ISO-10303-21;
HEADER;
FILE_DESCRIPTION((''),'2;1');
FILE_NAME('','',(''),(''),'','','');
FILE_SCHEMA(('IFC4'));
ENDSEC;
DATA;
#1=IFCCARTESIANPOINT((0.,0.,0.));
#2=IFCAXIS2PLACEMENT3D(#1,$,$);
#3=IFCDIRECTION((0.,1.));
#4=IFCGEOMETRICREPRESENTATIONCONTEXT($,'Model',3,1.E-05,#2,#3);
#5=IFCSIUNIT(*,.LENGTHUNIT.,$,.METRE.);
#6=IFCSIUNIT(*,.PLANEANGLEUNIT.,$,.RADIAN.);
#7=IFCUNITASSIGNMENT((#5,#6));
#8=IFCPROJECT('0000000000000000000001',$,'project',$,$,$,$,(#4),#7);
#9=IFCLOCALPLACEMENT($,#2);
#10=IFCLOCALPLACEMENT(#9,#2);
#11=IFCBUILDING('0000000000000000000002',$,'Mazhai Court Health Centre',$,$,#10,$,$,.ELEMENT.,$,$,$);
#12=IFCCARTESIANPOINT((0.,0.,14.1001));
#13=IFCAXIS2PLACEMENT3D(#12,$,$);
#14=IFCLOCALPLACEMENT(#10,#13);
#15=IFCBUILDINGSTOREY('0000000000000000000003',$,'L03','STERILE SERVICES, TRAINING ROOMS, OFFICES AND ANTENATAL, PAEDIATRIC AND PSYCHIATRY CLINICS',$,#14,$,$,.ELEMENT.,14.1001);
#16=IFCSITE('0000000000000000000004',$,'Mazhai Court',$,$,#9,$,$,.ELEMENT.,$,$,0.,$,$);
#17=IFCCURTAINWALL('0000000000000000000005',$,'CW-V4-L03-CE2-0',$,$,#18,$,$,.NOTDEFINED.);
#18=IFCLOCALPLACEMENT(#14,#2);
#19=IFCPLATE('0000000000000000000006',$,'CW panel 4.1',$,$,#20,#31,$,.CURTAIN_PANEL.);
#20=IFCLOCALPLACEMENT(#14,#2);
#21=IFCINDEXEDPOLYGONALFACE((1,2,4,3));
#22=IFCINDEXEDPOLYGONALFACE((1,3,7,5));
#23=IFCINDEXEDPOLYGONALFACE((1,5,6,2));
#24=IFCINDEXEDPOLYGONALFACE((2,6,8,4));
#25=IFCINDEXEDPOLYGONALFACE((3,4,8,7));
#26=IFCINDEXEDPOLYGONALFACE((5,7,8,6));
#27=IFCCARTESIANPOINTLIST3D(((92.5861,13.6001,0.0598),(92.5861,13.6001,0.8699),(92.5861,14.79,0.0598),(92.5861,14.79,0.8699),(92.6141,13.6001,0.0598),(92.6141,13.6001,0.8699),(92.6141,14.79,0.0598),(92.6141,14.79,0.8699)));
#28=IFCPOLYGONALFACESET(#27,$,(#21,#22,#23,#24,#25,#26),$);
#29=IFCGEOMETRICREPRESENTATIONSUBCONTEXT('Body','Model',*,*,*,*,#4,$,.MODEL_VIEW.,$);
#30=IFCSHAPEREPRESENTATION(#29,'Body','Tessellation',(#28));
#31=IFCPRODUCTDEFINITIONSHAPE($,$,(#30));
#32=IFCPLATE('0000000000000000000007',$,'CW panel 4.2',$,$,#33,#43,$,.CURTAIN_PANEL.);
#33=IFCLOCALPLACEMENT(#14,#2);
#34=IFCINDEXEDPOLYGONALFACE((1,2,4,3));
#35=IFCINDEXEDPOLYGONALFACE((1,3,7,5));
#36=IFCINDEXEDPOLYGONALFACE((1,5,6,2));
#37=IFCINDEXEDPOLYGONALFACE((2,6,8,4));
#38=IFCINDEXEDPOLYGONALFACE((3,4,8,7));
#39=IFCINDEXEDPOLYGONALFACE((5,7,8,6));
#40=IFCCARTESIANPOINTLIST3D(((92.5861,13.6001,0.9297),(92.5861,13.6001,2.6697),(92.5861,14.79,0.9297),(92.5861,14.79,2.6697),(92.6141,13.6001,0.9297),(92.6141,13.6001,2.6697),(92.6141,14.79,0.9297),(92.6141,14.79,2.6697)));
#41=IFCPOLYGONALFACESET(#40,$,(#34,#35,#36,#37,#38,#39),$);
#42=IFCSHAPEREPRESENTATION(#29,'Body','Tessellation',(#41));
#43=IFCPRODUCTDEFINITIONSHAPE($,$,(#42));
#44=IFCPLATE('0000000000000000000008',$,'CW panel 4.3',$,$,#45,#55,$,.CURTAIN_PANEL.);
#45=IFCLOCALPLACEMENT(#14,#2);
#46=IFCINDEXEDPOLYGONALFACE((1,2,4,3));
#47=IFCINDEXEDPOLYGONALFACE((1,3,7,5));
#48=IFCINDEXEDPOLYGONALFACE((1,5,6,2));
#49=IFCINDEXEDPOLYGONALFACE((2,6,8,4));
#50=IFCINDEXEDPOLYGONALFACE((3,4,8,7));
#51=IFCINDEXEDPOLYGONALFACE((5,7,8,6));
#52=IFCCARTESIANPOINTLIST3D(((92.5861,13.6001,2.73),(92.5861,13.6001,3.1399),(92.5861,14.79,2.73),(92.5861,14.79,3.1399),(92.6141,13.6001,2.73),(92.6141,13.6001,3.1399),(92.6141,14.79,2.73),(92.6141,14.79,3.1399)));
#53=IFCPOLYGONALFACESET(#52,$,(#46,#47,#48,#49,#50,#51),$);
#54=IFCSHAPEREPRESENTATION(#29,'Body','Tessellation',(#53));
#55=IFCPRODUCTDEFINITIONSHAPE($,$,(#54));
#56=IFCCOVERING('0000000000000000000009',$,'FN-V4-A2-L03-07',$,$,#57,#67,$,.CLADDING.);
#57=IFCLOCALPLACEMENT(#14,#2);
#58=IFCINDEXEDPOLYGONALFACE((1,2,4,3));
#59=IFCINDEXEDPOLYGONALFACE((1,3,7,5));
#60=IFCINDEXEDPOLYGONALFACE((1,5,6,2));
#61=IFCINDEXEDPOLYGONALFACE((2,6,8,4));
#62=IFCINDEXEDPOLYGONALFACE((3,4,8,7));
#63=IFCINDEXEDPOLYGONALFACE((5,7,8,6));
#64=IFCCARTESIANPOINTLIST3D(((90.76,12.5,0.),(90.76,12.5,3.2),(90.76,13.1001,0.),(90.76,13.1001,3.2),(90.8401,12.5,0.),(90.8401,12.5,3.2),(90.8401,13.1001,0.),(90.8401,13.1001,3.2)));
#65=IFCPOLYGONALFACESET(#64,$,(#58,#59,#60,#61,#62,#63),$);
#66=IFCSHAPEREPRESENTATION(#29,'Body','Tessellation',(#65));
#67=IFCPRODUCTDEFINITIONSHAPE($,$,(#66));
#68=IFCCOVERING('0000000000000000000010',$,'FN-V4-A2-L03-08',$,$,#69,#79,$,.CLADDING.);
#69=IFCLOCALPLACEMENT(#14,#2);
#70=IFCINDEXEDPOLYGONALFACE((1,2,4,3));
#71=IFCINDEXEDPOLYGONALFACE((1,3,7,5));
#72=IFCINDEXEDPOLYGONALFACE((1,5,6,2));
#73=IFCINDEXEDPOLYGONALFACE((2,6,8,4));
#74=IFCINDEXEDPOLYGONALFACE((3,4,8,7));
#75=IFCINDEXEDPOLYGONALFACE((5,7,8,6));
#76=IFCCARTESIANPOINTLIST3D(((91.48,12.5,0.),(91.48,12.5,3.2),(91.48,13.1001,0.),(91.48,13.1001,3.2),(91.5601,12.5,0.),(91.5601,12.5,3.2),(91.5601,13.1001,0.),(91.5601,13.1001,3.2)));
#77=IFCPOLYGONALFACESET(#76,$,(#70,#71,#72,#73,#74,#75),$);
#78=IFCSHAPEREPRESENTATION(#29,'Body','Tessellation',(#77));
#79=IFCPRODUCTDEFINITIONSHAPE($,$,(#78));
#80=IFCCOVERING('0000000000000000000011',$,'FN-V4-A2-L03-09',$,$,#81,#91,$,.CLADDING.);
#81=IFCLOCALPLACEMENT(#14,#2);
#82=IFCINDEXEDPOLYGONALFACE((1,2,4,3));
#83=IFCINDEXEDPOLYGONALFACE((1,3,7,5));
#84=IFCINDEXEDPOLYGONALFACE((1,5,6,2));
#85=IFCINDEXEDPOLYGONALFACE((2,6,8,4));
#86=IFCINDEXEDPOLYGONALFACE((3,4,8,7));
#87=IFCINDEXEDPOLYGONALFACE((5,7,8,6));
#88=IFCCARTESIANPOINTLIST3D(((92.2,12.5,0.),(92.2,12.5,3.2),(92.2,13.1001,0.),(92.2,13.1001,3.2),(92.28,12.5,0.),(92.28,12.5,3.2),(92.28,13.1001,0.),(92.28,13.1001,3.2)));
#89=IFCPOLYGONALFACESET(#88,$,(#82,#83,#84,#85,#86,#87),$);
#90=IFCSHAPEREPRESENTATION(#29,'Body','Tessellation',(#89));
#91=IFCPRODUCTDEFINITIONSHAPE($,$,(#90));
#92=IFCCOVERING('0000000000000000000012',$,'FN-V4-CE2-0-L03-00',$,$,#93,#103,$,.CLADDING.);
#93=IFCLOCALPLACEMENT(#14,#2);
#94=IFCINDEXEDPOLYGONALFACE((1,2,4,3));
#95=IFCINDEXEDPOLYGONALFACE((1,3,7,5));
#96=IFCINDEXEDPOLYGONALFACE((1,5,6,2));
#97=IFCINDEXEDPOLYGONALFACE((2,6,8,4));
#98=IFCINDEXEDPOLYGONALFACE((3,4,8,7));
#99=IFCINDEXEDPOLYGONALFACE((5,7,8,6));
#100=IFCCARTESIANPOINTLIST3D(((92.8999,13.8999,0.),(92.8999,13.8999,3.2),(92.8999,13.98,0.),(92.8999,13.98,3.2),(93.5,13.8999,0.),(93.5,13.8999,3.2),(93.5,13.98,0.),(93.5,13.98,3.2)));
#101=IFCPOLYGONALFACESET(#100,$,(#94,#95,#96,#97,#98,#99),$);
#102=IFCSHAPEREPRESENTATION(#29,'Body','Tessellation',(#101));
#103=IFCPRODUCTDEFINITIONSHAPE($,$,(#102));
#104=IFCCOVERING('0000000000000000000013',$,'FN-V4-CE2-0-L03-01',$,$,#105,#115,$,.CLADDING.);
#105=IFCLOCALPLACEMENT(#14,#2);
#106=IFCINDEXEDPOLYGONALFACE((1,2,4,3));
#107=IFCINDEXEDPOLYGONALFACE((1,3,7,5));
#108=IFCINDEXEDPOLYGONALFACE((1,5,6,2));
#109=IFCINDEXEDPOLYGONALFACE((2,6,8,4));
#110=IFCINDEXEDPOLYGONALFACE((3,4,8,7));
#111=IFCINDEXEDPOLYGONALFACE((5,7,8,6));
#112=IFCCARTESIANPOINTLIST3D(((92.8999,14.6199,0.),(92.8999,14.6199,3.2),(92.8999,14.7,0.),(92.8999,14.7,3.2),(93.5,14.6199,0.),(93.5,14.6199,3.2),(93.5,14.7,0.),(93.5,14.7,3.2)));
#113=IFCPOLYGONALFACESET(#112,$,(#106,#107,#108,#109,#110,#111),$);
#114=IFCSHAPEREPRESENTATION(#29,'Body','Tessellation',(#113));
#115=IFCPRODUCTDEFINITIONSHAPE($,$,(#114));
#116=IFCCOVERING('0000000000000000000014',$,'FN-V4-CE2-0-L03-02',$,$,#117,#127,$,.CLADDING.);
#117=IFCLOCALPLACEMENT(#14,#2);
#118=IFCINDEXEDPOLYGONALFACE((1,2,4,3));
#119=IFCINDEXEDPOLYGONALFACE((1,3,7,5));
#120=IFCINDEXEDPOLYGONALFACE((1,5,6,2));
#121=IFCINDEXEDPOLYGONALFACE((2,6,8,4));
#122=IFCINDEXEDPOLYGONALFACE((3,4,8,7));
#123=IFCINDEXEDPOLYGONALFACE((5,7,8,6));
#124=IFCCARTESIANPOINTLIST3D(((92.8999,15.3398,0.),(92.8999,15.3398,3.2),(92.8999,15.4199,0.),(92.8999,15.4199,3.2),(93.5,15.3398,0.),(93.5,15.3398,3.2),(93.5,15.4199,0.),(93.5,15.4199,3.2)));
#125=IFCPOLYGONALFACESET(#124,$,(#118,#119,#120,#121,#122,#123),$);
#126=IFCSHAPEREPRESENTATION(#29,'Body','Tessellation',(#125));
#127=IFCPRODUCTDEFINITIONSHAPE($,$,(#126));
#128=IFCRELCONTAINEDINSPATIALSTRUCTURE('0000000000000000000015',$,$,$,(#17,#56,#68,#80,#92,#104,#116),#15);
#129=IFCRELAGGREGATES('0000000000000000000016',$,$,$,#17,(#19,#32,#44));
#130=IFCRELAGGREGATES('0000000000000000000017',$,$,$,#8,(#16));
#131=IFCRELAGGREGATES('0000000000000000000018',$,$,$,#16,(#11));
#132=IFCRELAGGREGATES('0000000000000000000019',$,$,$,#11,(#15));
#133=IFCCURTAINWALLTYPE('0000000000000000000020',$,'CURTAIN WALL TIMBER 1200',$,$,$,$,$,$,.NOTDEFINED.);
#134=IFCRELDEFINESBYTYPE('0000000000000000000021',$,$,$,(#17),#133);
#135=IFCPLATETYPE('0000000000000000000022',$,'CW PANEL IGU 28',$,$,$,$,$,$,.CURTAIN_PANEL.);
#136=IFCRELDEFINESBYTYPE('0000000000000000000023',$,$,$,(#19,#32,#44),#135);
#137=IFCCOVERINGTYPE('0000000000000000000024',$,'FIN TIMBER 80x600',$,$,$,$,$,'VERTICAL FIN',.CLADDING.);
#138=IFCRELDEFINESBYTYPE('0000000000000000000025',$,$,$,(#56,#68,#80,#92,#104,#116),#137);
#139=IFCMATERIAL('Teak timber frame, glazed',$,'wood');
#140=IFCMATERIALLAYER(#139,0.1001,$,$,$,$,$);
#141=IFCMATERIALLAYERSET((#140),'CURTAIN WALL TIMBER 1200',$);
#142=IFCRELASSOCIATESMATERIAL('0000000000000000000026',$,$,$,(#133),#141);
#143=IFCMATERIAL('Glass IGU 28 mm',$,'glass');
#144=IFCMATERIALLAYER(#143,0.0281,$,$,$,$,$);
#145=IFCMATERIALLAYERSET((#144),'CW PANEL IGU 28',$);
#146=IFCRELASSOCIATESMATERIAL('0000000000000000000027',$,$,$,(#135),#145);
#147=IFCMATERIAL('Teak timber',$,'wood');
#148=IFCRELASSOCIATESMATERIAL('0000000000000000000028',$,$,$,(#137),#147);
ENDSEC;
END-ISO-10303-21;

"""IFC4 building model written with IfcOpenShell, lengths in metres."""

from ifc_helpers import new_model, si_unit, direction, frame, origin, origin_2d, place, context, subcontext, project, spatial, rectangle, extrude, material, layer, layer_set, type_object, element, aggregate, save


model = new_model("IFC4")

# Units and contexts
model_context = context("Model", 3, precision=1e-05, world=origin(), true_north=direction((0.0, 1.0)))
body_context = subcontext(model_context, "Body", "Model", "MODEL_VIEW")
ifc_project = project(units=[si_unit("LENGTHUNIT", "METRE"), si_unit("PLANEANGLEUNIT", "RADIAN")], contexts=[model_context])

# Site, building, storey
site_placement = place(None, origin())
site = spatial("IfcSite", under=ifc_project, at=site_placement, Name="Mazhai Court", CompositionType="ELEMENT", RefElevation=0.0)
building_placement = place(site_placement, origin())
building = spatial("IfcBuilding", under=site, at=building_placement, Name="Mazhai Court Health Centre", CompositionType="ELEMENT")
storey_placement = place(building_placement, frame((0.0, 0.0, 14.1001)))
storey = spatial("IfcBuildingStorey", under=building, at=storey_placement, Name="L03", Description="STERILE SERVICES, TRAINING ROOMS, OFFICES AND ANTENATAL, PAEDIATRIC AND PSYCHIATRY CLINICS", CompositionType="ELEMENT", Elevation=14.1001)

# Curtain wall
ifc_material_1 = material(Name="Teak timber frame, glazed", Category="wood")
ifc_layer_1 = layer(ifc_material_1, 0.1001)
ifc_layer_set_1 = layer_set([ifc_layer_1], Name="CURTAIN WALL TIMBER 1200")
curtain_wall_type = type_object("IfcCurtainWallType", Name="CURTAIN WALL TIMBER 1200", PredefinedType="NOTDEFINED", material=ifc_layer_set_1)
curtain_wall_1_placement = place(storey_placement, origin())
curtain_wall_1 = element("IfcCurtainWall", 1, at=curtain_wall_1_placement, inside=storey, type_object=curtain_wall_type, Name="CW-V4-L03-CE2-0", PredefinedType="NOTDEFINED")

# Plates
ifc_material_2 = material(Name="Glass IGU 28 mm", Category="glass")
ifc_layer_2 = layer(ifc_material_2, 0.0281)
ifc_layer_set_2 = layer_set([ifc_layer_2], Name="CW PANEL IGU 28")
plate_type = type_object("IfcPlateType", Name="CW PANEL IGU 28", PredefinedType="CURTAIN_PANEL", material=ifc_layer_set_2)
plate_1_placement = place(storey_placement, frame((92.6001, 14.1951, 0.0598), z_axis=(0.0, 0.0, 1.0), x_axis=(0.0, -1.0, 0.0)))
plate_1 = element("IfcPlate", 2, at=plate_1_placement, type_object=plate_type, Name="CW panel 4.1", PredefinedType="CURTAIN_PANEL", context=body_context, shape_type="SweptSolid", body=[
    extrude(rectangle(XDim=1.1899, YDim=0.0281, at=origin_2d()), origin(), (0.0, 0.0, 1.0), 0.8101),
])
plate_2_placement = place(storey_placement, frame((92.6001, 14.1951, 0.9297), z_axis=(0.0, 0.0, 1.0), x_axis=(0.0, -1.0, 0.0)))
plate_2 = element("IfcPlate", 3, at=plate_2_placement, type_object=plate_type, Name="CW panel 4.2", PredefinedType="CURTAIN_PANEL", context=body_context, shape_type="SweptSolid", body=[
    extrude(rectangle(XDim=1.1899, YDim=0.0281, at=origin_2d()), origin(), (0.0, 0.0, 1.0), 1.74),
])
plate_3_placement = place(storey_placement, frame((92.6001, 14.1951, 2.73), z_axis=(0.0, 0.0, 1.0), x_axis=(0.0, -1.0, 0.0)))
plate_3 = element("IfcPlate", 4, at=plate_3_placement, type_object=plate_type, Name="CW panel 4.3", PredefinedType="CURTAIN_PANEL", context=body_context, shape_type="SweptSolid", body=[
    extrude(rectangle(XDim=1.1899, YDim=0.0281, at=origin_2d()), origin(), (0.0, 0.0, 1.0), 0.4099),
])
aggregate(curtain_wall_1, [plate_1, plate_2, plate_3])

# Coverings
ifc_material_3 = material(Name="Teak timber", Category="wood")
covering_type = type_object("IfcCoveringType", Name="FIN TIMBER 80x600", ElementType="VERTICAL FIN", PredefinedType="CLADDING", material=ifc_material_3)
for number, where, z_axis, x_axis, name in (
    (5, (90.8, 12.8, 0.0), (0.0, 0.0, 1.0), (1.0, 0.0, 0.0), "FN-V4-A2-L03-07"),
    (6, (91.52, 12.8, 0.0), (0.0, 0.0, 1.0), (1.0, 0.0, 0.0), "FN-V4-A2-L03-08"),
    (7, (92.24, 12.8, 0.0), (0.0, 0.0, 1.0), (1.0, 0.0, 0.0), "FN-V4-A2-L03-09"),
    (8, (93.2, 13.9399, 0.0), (0.0, 0.0, 1.0), (0.0, 1.0, 0.0), "FN-V4-CE2-0-L03-00"),
    (9, (93.2, 14.6599, 0.0), (0.0, 0.0, 1.0), (0.0, 1.0, 0.0), "FN-V4-CE2-0-L03-01"),
    (10, (93.2, 15.3799, 0.0), (0.0, 0.0, 1.0), (0.0, 1.0, 0.0), "FN-V4-CE2-0-L03-02"),
):
    element("IfcCovering", number, at=place(storey_placement, frame(where, z_axis=z_axis, x_axis=x_axis)), inside=storey, type_object=covering_type, Name=name, PredefinedType="CLADDING", context=body_context, shape_type="SweptSolid", body=[
        extrude(rectangle(XDim=0.0801, YDim=0.6001, at=origin_2d()), origin(), (0.0, 0.0, 1.0), 3.2),
    ])

save(model, "model.ifc")
